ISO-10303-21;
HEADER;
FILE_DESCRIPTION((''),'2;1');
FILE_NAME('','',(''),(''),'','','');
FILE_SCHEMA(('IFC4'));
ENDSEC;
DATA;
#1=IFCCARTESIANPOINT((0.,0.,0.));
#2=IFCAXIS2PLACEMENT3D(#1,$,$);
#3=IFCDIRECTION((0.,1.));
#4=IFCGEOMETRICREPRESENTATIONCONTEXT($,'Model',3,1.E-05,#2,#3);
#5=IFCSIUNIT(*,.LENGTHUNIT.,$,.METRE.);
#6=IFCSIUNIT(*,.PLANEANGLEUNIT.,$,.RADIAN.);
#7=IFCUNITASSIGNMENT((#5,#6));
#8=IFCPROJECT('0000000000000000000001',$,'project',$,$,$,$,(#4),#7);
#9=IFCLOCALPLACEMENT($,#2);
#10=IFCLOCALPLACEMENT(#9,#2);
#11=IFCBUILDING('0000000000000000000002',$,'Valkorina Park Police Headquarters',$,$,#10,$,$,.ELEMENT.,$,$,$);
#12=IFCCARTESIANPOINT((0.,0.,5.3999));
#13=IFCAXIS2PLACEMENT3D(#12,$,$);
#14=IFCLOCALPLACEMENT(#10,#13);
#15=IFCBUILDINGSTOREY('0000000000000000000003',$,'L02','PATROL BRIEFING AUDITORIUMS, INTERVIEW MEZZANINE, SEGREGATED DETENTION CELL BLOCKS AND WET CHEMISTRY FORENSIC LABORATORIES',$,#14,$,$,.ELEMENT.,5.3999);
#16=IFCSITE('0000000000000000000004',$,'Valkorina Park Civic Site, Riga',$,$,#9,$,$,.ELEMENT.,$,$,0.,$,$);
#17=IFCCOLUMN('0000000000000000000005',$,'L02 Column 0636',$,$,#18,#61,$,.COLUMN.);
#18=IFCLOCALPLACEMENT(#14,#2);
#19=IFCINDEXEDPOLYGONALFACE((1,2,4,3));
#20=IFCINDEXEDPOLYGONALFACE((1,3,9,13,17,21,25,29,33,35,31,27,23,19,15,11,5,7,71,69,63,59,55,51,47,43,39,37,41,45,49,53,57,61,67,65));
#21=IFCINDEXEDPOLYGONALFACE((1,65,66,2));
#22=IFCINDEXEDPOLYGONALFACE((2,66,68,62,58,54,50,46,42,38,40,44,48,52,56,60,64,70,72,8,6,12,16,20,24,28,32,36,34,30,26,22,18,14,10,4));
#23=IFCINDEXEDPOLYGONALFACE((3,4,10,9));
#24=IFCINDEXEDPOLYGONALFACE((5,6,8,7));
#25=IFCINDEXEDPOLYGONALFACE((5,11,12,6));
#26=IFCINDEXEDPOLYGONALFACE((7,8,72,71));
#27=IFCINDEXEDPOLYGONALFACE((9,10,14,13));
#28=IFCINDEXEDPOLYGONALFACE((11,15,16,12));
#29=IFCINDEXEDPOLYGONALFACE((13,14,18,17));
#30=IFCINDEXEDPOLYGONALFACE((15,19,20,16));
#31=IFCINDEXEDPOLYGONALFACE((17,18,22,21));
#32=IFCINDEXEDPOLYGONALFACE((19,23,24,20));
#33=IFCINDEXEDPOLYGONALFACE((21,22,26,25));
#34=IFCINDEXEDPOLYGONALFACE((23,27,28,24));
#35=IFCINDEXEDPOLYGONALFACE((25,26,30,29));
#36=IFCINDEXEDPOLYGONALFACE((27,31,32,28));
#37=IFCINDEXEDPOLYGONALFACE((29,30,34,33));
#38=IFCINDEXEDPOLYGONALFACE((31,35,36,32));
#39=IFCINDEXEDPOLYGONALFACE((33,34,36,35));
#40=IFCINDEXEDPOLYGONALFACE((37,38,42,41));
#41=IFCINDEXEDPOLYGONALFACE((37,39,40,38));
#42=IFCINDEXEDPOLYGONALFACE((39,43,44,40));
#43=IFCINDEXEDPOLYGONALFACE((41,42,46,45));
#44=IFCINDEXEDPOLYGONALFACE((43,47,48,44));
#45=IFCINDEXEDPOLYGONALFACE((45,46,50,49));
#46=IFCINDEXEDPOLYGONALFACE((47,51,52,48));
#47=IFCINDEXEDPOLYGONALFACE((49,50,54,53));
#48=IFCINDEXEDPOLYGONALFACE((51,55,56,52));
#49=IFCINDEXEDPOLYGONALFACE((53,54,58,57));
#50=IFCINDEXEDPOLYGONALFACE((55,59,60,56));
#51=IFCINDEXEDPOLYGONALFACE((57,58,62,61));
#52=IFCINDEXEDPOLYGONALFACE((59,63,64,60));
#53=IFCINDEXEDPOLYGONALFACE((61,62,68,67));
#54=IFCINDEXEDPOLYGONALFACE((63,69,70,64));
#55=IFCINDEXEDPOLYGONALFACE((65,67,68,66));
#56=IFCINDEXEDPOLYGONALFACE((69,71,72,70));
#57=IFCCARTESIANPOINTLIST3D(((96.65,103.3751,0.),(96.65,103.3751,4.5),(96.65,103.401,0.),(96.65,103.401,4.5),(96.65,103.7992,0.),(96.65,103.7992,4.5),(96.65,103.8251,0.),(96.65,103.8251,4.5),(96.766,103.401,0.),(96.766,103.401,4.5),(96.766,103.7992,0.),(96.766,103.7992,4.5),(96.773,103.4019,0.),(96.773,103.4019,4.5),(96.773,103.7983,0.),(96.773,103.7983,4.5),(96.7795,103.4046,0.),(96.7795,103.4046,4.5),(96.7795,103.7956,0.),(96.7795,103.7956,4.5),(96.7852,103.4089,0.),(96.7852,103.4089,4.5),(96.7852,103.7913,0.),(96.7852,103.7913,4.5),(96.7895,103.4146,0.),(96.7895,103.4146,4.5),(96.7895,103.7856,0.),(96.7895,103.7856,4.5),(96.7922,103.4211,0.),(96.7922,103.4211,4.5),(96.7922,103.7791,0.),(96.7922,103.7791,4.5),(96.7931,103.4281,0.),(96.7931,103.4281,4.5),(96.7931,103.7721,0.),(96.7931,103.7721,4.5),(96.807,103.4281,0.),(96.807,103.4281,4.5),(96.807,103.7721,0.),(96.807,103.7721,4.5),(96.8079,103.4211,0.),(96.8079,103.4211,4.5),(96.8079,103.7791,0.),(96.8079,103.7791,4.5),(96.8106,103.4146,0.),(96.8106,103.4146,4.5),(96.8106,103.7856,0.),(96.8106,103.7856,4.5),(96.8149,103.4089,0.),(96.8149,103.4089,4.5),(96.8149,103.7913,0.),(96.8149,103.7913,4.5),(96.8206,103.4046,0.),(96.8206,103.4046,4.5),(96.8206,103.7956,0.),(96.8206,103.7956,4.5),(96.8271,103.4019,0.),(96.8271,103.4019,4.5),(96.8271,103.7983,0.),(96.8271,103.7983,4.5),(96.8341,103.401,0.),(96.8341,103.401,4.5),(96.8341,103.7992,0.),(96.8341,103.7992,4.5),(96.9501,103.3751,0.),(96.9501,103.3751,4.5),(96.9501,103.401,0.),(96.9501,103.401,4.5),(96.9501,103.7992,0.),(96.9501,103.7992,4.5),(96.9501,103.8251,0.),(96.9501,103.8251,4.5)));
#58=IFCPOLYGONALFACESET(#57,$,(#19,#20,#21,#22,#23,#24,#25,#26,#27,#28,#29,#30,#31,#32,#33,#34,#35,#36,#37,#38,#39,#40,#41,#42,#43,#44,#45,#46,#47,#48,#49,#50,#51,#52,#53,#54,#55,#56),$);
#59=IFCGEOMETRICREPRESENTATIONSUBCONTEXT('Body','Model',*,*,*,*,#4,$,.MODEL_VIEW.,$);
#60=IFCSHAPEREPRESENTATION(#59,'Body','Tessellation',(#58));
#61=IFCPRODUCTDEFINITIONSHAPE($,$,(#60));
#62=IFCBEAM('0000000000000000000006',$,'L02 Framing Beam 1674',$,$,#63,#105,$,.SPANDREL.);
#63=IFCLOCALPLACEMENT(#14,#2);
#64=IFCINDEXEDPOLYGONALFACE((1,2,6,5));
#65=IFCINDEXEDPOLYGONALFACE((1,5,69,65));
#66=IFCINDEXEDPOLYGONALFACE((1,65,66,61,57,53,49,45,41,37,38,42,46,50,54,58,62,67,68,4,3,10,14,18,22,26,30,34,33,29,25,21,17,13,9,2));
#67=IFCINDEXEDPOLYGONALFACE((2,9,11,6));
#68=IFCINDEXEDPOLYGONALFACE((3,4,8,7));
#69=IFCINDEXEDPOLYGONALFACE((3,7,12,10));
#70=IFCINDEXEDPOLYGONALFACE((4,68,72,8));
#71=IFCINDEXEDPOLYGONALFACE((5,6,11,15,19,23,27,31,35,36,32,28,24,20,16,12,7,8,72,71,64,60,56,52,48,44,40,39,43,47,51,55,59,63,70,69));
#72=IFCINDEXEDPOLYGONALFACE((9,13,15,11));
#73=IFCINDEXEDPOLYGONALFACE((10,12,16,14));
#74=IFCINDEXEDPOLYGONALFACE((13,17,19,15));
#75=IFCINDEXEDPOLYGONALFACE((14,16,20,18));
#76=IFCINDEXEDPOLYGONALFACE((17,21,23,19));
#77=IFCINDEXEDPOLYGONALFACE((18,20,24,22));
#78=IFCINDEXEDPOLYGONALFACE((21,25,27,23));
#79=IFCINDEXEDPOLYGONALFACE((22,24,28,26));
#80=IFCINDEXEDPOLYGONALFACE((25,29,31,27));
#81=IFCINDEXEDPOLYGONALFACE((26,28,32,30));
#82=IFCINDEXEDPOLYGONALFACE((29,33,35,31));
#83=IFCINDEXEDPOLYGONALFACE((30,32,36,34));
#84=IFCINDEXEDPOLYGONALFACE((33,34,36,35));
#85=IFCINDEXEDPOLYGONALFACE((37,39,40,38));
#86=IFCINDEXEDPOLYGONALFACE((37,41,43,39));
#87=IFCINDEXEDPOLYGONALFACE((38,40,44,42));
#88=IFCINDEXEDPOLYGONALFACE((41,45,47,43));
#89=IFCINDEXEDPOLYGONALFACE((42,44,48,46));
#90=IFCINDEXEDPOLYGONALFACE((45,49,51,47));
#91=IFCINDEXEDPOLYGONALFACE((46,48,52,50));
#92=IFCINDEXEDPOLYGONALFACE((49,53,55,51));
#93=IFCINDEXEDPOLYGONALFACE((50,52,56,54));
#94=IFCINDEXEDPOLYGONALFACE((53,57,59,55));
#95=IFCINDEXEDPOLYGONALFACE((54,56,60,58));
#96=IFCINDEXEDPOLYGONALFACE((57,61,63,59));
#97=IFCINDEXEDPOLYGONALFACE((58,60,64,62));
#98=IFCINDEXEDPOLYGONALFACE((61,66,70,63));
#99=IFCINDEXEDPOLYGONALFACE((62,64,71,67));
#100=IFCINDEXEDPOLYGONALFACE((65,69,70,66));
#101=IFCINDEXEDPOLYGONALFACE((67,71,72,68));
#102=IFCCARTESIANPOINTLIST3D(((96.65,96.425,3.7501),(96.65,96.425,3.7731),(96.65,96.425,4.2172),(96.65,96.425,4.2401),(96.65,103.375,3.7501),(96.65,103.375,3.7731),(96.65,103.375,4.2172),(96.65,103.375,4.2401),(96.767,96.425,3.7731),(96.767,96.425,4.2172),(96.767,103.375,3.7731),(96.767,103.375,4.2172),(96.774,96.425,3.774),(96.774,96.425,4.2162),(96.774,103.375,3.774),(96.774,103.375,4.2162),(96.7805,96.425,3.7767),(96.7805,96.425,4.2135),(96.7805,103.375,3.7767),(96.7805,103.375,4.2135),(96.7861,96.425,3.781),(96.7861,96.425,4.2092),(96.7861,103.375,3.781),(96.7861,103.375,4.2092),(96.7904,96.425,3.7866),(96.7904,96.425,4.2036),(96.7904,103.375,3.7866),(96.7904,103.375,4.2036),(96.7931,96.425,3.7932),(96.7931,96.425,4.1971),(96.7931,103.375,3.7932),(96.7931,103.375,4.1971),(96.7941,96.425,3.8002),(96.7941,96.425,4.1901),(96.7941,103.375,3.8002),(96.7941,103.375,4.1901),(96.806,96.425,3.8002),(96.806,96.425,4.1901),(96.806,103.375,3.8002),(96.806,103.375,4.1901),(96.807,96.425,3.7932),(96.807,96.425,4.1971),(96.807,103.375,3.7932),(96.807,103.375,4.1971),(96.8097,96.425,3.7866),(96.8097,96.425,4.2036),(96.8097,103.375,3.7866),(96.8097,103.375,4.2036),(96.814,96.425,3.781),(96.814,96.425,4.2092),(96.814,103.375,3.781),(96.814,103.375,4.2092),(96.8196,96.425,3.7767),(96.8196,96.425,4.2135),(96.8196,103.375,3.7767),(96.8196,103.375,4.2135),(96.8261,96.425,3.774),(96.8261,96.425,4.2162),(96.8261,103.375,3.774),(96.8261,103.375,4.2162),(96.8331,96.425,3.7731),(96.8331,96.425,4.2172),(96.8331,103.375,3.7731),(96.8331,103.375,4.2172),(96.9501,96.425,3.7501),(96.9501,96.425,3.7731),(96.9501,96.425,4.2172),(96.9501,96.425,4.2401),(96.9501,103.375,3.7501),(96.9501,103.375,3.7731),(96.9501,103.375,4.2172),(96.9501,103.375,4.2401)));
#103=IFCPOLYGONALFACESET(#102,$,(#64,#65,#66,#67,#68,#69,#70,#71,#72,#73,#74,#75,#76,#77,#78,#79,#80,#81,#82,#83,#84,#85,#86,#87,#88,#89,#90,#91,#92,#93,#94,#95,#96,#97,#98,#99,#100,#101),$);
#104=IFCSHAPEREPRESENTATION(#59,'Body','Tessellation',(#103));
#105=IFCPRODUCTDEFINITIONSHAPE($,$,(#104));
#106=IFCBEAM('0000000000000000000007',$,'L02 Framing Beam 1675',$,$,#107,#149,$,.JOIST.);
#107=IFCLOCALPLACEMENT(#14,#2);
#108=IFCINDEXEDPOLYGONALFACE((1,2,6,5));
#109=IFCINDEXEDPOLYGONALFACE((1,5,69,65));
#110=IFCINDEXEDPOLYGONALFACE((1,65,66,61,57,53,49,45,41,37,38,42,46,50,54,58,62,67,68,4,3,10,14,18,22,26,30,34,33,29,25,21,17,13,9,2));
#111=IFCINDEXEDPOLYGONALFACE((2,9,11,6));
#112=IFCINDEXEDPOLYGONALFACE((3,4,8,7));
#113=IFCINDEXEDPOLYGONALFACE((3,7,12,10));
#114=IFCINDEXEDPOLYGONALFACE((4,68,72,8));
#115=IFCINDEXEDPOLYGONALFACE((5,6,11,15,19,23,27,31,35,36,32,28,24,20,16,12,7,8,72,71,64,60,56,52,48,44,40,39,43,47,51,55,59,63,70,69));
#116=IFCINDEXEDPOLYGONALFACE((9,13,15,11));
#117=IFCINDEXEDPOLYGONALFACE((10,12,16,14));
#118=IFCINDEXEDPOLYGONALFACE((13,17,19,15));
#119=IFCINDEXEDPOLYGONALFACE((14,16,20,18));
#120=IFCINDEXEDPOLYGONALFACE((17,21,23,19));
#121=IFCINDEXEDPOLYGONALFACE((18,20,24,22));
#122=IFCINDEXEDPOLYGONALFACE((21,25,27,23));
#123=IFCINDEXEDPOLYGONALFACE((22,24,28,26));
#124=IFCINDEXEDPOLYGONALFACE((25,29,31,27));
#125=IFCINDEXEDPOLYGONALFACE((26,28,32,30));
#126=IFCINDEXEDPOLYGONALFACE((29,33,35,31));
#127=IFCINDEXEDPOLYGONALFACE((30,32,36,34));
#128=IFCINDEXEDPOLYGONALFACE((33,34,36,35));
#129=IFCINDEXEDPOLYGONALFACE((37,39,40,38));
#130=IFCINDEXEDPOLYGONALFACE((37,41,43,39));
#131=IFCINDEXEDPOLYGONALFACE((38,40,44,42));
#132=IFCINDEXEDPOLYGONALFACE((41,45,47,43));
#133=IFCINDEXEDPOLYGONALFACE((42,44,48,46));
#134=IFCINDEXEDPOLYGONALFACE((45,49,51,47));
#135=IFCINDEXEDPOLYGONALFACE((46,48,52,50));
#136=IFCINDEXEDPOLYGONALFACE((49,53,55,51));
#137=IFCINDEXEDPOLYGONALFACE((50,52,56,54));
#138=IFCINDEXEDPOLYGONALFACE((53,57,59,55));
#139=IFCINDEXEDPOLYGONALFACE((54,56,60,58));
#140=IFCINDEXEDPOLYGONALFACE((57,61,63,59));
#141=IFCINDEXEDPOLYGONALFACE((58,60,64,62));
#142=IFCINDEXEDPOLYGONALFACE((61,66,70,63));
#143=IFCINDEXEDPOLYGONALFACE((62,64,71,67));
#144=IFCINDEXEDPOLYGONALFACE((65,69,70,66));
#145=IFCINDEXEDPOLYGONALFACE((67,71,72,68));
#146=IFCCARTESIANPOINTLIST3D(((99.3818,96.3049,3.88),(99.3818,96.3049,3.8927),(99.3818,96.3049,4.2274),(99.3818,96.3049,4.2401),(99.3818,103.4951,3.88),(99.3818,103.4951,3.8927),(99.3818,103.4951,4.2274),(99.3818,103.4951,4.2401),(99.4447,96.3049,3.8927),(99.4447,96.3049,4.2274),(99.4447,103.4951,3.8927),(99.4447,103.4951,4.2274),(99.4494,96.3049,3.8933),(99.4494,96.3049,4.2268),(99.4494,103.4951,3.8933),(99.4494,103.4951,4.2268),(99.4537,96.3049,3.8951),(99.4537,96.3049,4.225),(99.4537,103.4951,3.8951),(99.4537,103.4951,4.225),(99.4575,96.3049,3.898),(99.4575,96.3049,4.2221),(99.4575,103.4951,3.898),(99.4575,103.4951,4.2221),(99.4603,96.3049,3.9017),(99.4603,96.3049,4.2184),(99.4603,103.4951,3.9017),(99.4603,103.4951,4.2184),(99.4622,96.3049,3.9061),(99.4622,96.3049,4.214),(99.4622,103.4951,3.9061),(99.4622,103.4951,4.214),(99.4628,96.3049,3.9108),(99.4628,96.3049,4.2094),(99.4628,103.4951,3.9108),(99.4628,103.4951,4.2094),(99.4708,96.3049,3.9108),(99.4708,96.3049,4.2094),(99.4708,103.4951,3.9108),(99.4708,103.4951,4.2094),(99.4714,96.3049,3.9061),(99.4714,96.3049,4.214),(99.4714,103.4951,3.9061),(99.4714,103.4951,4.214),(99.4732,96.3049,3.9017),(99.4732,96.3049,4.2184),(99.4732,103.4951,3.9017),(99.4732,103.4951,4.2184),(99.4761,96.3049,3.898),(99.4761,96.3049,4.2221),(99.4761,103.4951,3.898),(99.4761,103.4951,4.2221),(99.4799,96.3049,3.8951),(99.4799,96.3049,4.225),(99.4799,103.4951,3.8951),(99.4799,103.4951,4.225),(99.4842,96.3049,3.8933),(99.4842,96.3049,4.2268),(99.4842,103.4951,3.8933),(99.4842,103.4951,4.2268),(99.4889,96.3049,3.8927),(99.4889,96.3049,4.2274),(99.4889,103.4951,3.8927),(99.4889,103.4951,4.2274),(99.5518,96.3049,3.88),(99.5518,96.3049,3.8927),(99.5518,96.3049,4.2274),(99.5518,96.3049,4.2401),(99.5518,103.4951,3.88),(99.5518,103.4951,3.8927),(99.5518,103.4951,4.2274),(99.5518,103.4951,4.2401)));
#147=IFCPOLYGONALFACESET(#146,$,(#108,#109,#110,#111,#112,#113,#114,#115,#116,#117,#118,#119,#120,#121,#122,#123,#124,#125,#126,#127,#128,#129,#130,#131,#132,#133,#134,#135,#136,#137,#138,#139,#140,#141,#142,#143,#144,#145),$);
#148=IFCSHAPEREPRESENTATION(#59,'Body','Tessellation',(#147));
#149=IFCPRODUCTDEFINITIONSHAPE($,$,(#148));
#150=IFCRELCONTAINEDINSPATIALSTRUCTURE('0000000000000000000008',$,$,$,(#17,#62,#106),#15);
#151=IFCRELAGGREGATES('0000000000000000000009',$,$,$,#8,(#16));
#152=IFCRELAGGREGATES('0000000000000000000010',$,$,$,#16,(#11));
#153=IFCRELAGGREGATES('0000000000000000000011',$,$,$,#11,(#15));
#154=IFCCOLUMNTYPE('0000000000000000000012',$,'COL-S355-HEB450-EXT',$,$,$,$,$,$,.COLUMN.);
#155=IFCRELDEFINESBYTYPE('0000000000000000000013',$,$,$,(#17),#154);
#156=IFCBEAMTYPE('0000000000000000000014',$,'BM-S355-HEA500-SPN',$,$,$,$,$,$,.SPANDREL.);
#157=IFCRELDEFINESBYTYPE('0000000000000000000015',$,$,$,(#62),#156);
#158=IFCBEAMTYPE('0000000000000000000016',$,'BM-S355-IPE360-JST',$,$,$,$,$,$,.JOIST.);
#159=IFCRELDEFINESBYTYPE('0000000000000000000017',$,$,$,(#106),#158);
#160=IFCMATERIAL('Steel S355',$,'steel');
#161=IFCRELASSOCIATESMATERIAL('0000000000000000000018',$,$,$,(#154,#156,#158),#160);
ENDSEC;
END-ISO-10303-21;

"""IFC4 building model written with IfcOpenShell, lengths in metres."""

from ifc_helpers import new_model, si_unit, direction, frame, origin, origin_2d, place, context, subcontext, project, spatial, i_section, extrude, material, material_profile, profile_set, type_object, element, save


model = new_model("IFC4")

# Units and contexts
model_context = context("Model", 3, precision=1e-05, world=origin(), true_north=direction((0.0, 1.0)))
body_context = subcontext(model_context, "Body", "Model", "MODEL_VIEW")
ifc_project = project(units=[si_unit("LENGTHUNIT", "METRE"), si_unit("PLANEANGLEUNIT", "RADIAN")], contexts=[model_context])

# Site, building, storey
site_placement = place(None, origin())
site = spatial("IfcSite", under=ifc_project, at=site_placement, Name="Valkorina Park Civic Site, Riga", CompositionType="ELEMENT", RefElevation=0.0)
building_placement = place(site_placement, origin())
building = spatial("IfcBuilding", under=site, at=building_placement, Name="Valkorina Park Police Headquarters", CompositionType="ELEMENT")
storey_placement = place(building_placement, frame((0.0, 0.0, 5.3999)))
storey = spatial("IfcBuildingStorey", under=building, at=storey_placement, Name="L02", Description="PATROL BRIEFING AUDITORIUMS, INTERVIEW MEZZANINE, SEGREGATED DETENTION CELL BLOCKS AND WET CHEMISTRY FORENSIC LABORATORIES", CompositionType="ELEMENT", Elevation=5.3999)

# Column
ifc_material_1 = material(Name="Steel S355", Category="steel")
ifc_material_profile_1 = material_profile(ifc_material_1, i_section(OverallWidth=0.3, OverallDepth=0.45, WebThickness=0.0139, FlangeThickness=0.0259, FilletRadius=0.0271, at=origin_2d()), Name="HEB 450")
ifc_profile_set_1 = profile_set([ifc_material_profile_1], Name="Steel S355")
column_type = type_object("IfcColumnType", Name="COL-S355-HEB450-EXT", PredefinedType="COLUMN", material=ifc_profile_set_1)
column_placement = place(storey_placement, frame((96.8, 103.6001, 0.0), z_axis=(0.0, 0.0, 1.0), x_axis=(1.0, 0.0, 0.0)))
element("IfcColumn", 1, at=column_placement, inside=storey, type_object=column_type, Name="L02 Column 0636", PredefinedType="COLUMN", context=body_context, shape_type="SweptSolid", body=[
    extrude(i_section(OverallWidth=0.3, OverallDepth=0.45, WebThickness=0.0139, FlangeThickness=0.0259, FilletRadius=0.0271, at=origin_2d()), origin(), (0.0, 0.0, 1.0), 4.5),
])

# Beams
ifc_material_profile_2 = material_profile(ifc_material_1, i_section(OverallWidth=0.3, OverallDepth=0.49, WebThickness=0.012, FlangeThickness=0.0229, FilletRadius=0.0271, at=origin_2d()), Name="HEA 500")
ifc_profile_set_2 = profile_set([ifc_material_profile_2], Name="Steel S355")
beam_type_1 = type_object("IfcBeamType", Name="BM-S355-HEA500-SPN", PredefinedType="SPANDREL", material=ifc_profile_set_2)
beam_1_placement = place(storey_placement, frame((96.8, 96.425, 3.9951), z_axis=(0.0, 1.0, 0.0), x_axis=(-1.0, 0.0, 0.0)))
element("IfcBeam", 2, at=beam_1_placement, inside=storey, type_object=beam_type_1, Name="L02 Framing Beam 1674", PredefinedType="SPANDREL", context=body_context, shape_type="SweptSolid", body=[
    extrude(i_section(OverallWidth=0.3, OverallDepth=0.49, WebThickness=0.012, FlangeThickness=0.0229, FilletRadius=0.0271, at=origin_2d()), origin(), (0.0, 0.0, 1.0), 6.95),
])
ifc_material_profile_3 = material_profile(ifc_material_1, i_section(OverallWidth=0.1699, OverallDepth=0.3601, WebThickness=0.0081, FlangeThickness=0.0127, FilletRadius=0.0181, at=origin_2d()), Name="IPE 360")
ifc_profile_set_3 = profile_set([ifc_material_profile_3], Name="Steel S355")
beam_type_2 = type_object("IfcBeamType", Name="BM-S355-IPE360-JST", PredefinedType="JOIST", material=ifc_profile_set_3)
beam_2_placement = place(storey_placement, frame((99.4668, 96.3049, 4.0601), z_axis=(0.0, 1.0, 0.0), x_axis=(-1.0, 0.0, 0.0)))
element("IfcBeam", 3, at=beam_2_placement, inside=storey, type_object=beam_type_2, Name="L02 Framing Beam 1675", PredefinedType="JOIST", context=body_context, shape_type="SweptSolid", body=[
    extrude(i_section(OverallWidth=0.1699, OverallDepth=0.3601, WebThickness=0.0081, FlangeThickness=0.0127, FilletRadius=0.0181, at=origin_2d()), origin(), (0.0, 0.0, 1.0), 7.1902),
])

save(model, "model.ifc")
